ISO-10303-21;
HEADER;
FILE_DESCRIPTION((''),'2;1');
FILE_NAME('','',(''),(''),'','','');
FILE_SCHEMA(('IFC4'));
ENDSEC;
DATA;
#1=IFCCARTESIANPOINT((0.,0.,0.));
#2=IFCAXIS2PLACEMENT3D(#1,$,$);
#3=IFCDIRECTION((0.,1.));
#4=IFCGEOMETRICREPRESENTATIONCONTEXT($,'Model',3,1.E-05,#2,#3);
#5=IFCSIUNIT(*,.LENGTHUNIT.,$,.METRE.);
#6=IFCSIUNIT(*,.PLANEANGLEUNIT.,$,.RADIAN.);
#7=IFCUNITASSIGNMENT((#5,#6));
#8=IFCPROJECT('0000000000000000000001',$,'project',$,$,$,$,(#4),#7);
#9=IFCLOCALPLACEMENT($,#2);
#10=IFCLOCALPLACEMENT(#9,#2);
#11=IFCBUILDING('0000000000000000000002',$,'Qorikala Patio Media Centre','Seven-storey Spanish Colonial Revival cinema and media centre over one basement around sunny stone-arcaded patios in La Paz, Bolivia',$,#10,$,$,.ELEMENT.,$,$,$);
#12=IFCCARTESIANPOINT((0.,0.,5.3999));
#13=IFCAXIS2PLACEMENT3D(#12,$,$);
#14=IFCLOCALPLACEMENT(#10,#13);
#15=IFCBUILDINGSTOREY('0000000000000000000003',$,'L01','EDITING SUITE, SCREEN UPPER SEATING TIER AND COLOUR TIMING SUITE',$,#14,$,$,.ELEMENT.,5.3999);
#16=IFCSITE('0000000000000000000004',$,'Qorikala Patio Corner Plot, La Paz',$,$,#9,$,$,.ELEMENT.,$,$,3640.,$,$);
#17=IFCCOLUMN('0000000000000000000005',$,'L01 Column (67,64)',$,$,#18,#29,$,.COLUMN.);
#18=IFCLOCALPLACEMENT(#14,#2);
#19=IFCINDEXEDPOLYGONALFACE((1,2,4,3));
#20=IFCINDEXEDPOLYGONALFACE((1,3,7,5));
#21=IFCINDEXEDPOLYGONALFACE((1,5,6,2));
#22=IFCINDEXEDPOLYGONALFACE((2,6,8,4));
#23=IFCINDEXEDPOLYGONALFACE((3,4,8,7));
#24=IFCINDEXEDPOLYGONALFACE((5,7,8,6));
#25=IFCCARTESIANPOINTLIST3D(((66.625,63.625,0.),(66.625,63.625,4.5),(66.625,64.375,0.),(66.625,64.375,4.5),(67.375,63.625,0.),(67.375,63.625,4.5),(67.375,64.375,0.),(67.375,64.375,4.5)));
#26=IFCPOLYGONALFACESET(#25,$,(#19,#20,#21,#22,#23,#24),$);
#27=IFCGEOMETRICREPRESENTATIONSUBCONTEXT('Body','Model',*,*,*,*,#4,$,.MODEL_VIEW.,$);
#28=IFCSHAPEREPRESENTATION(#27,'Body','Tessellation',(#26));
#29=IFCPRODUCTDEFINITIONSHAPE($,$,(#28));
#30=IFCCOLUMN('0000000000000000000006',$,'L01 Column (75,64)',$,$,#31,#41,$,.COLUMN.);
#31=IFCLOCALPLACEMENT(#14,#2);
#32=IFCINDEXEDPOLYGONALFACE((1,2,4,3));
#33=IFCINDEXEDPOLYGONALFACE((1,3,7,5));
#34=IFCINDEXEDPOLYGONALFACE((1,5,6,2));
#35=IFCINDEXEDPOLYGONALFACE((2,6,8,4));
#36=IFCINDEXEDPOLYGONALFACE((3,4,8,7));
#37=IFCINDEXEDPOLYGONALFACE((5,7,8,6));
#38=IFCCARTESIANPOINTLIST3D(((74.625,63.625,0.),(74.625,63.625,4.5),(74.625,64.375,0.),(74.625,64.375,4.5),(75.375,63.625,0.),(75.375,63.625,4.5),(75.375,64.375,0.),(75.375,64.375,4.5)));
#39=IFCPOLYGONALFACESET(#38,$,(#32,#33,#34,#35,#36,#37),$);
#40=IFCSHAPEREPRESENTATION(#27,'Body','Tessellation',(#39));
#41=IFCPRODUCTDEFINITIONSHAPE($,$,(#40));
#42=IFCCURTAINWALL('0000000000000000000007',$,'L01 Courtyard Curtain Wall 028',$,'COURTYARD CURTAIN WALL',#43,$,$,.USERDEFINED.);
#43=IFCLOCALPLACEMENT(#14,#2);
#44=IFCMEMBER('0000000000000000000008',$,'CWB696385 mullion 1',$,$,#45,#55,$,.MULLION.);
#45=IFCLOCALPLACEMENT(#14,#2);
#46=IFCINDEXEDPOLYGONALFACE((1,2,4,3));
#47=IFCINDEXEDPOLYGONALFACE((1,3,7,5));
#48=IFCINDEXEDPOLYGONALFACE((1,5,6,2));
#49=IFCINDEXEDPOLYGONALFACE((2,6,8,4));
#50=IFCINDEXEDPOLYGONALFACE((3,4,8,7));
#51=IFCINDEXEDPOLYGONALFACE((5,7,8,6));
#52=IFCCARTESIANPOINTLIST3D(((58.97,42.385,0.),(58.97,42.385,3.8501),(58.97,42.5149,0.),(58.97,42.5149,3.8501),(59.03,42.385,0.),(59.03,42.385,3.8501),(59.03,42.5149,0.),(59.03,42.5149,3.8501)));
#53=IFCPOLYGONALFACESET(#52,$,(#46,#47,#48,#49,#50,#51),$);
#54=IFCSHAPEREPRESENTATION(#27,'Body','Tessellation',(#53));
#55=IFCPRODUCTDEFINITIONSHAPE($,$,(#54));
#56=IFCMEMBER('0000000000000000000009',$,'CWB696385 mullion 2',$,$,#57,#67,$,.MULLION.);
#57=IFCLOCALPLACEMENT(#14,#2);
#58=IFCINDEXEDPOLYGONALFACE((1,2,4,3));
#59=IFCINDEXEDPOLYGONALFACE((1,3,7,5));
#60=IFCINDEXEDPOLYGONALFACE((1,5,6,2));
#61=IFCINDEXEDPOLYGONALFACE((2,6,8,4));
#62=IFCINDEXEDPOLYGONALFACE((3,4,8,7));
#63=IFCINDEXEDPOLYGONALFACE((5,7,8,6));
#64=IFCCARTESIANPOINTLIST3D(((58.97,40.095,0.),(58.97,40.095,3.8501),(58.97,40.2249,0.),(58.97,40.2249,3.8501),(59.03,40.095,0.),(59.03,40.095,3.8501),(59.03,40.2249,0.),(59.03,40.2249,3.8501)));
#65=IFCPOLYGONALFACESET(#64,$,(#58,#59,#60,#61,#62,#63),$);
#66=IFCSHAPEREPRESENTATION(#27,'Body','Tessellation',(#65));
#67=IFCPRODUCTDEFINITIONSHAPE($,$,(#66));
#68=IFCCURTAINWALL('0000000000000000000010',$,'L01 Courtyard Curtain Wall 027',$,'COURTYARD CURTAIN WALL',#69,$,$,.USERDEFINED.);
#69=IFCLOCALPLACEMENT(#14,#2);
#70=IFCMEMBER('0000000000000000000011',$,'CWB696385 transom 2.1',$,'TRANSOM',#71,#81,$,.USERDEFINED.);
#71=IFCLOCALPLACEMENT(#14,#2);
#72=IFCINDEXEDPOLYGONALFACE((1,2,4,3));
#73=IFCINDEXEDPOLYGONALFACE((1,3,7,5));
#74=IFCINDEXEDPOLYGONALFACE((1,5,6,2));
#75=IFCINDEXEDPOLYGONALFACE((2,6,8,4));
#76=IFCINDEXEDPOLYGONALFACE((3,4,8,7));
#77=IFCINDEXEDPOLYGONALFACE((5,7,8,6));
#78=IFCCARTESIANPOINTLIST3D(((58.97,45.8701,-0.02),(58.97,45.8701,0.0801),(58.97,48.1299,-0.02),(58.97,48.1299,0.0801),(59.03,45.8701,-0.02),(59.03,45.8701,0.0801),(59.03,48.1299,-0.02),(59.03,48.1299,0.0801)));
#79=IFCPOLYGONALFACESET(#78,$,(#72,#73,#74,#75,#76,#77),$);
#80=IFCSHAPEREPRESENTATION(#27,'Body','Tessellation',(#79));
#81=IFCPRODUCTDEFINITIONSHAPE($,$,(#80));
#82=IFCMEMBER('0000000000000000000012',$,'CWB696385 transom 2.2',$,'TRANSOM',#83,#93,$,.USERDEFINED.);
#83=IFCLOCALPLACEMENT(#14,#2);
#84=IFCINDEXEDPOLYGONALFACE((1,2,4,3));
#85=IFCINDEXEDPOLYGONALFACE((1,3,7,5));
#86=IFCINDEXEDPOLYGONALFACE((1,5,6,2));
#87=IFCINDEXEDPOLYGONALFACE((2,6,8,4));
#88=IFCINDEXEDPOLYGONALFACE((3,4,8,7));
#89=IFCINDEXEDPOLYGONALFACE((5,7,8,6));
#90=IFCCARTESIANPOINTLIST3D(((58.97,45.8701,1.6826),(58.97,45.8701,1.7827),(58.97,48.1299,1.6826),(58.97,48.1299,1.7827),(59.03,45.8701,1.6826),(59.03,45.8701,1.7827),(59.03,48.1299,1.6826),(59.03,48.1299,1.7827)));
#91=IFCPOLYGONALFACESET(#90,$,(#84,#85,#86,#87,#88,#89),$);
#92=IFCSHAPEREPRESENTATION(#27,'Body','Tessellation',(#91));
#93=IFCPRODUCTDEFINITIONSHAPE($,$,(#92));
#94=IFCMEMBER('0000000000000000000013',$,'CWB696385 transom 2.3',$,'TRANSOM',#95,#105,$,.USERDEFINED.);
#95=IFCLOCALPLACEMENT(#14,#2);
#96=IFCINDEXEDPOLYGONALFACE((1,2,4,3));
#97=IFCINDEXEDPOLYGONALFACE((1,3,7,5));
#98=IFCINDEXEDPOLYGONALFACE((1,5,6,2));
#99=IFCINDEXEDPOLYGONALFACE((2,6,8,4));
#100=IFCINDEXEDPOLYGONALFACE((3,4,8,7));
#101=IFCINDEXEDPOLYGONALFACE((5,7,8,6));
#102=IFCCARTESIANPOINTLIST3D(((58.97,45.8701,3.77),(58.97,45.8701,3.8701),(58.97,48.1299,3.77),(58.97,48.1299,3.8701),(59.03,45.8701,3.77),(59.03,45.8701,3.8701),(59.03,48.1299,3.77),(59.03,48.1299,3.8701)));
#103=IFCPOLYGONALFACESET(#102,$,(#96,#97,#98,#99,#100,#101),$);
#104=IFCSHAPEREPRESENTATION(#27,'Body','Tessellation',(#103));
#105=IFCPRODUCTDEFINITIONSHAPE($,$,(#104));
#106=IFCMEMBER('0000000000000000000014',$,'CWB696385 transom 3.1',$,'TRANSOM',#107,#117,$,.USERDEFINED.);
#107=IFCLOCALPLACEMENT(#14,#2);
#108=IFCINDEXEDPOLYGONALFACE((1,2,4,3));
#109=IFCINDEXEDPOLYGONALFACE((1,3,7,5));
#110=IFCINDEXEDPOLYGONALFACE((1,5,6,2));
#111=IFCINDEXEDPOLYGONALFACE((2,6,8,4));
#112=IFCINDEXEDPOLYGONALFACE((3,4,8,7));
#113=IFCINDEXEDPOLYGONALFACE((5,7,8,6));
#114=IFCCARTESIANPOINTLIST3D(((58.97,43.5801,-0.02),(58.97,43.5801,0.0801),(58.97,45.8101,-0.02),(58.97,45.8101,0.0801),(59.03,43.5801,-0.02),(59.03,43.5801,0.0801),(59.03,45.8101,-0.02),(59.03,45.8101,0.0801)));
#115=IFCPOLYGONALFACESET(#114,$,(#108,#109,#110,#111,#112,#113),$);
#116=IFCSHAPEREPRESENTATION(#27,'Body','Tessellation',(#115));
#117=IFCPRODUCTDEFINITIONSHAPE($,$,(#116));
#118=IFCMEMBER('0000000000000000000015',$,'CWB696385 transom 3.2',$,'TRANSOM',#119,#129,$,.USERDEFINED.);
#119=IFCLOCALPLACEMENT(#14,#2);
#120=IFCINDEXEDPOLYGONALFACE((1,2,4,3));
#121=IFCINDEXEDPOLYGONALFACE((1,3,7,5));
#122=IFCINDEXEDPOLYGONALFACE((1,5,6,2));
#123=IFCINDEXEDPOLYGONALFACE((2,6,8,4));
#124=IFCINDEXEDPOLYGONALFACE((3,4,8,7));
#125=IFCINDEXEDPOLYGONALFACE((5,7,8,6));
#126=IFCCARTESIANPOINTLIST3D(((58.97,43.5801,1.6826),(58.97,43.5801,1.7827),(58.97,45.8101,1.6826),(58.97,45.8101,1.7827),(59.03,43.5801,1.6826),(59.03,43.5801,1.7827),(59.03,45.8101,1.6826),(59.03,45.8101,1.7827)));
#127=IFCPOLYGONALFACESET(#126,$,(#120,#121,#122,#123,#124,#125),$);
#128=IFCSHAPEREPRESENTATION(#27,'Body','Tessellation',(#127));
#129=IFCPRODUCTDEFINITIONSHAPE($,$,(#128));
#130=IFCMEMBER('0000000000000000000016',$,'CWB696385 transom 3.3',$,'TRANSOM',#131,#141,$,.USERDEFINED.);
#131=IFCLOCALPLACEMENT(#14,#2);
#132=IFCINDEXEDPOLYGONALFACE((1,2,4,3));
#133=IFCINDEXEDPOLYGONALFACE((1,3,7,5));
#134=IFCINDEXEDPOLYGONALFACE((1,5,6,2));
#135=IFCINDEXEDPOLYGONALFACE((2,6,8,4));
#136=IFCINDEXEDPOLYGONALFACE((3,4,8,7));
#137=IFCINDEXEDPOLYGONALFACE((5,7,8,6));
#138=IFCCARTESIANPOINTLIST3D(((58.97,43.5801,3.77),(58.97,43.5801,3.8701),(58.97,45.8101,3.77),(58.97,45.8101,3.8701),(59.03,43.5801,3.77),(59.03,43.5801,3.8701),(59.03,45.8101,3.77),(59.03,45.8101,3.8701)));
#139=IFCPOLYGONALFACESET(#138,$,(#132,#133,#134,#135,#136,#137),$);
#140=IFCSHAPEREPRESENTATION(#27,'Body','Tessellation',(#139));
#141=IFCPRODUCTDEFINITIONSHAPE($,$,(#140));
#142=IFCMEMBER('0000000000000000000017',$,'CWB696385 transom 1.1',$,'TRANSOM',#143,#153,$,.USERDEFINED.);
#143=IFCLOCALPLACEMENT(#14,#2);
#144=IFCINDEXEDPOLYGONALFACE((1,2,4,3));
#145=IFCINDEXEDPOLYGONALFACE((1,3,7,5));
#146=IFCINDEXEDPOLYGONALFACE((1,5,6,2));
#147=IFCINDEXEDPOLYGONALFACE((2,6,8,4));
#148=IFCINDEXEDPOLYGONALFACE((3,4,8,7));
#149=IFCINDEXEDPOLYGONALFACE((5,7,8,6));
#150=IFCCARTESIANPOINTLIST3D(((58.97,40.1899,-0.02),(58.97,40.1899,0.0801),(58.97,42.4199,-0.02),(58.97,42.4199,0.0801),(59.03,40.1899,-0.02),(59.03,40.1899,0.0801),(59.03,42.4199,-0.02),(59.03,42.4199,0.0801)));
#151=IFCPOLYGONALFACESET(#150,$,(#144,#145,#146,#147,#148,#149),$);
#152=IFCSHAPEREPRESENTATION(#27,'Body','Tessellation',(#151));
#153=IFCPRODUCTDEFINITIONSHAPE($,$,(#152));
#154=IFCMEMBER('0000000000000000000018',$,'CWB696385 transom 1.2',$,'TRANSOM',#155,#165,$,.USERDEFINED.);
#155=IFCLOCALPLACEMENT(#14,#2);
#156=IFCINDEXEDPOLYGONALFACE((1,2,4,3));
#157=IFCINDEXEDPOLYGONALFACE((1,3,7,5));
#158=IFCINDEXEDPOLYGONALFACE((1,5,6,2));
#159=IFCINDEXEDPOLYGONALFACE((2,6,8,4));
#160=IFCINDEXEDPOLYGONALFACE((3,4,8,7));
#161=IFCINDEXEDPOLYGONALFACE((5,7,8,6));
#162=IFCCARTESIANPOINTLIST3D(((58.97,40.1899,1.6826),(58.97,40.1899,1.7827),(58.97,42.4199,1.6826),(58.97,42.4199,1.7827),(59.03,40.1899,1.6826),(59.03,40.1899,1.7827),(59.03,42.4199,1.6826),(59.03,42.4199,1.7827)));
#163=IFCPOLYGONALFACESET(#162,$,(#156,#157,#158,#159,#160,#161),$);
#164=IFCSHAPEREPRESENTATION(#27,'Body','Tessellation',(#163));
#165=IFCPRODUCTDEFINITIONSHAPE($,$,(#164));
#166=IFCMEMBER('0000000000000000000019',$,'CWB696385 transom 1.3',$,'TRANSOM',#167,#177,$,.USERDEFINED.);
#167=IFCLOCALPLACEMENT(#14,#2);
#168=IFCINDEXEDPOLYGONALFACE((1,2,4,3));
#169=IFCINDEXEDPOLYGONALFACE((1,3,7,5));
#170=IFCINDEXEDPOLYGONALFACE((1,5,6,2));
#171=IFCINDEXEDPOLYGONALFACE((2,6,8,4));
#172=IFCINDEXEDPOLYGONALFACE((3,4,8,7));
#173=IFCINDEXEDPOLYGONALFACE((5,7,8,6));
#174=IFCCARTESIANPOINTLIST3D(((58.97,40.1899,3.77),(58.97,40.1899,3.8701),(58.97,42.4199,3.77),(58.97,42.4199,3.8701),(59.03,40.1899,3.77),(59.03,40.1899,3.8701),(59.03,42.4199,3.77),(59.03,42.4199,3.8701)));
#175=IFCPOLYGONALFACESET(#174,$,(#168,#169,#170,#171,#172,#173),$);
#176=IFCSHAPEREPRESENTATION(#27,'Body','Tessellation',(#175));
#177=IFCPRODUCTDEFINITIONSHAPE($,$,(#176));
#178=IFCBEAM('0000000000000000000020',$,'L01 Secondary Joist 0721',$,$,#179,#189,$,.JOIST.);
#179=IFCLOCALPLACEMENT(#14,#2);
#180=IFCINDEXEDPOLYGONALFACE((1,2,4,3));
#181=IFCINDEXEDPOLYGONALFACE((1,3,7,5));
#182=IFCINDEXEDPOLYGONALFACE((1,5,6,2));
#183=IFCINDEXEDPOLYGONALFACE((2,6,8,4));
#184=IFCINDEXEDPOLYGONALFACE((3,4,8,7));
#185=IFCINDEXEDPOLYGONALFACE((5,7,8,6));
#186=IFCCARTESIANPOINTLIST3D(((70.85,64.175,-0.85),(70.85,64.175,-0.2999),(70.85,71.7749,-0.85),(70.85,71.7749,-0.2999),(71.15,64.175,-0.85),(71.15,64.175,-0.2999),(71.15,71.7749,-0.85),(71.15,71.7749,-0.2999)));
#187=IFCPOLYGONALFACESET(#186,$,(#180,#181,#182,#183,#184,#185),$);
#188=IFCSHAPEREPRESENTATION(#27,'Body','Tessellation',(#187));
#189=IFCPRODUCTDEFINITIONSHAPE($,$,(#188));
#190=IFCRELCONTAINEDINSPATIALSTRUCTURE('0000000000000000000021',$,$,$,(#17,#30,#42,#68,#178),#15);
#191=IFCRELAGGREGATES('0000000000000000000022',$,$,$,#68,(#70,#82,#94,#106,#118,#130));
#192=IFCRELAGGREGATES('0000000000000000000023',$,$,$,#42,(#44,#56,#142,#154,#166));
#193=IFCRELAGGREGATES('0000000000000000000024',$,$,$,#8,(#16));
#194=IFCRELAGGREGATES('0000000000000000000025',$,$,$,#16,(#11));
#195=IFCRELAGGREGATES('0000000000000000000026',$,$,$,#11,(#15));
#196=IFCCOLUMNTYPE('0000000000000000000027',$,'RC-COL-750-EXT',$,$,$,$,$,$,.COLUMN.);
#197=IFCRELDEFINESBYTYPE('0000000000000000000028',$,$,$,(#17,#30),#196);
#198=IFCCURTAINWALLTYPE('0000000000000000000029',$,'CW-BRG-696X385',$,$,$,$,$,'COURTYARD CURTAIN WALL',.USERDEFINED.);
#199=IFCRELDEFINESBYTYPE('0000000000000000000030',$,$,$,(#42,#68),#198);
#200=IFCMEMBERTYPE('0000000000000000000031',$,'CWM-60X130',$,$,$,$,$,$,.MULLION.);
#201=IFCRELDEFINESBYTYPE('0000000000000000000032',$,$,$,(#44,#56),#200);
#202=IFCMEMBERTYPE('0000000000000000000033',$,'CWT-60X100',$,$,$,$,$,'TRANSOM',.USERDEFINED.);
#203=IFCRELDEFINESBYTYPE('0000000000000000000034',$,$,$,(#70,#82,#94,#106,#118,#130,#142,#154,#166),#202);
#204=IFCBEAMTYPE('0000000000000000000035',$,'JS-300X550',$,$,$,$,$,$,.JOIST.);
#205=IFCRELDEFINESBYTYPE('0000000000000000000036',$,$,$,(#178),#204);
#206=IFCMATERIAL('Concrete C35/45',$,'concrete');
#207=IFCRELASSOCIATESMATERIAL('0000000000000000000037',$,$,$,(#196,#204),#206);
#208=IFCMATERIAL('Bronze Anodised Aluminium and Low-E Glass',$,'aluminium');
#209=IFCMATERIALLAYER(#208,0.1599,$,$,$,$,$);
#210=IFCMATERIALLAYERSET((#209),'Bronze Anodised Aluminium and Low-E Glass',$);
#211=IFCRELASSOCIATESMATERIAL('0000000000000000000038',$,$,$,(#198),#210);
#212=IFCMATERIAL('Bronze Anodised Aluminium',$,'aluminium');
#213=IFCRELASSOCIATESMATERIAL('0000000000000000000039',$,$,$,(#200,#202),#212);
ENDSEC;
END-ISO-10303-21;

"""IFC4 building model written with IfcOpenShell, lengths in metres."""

from ifc_helpers import new_model, si_unit, direction, frame, origin, origin_2d, place, context, subcontext, project, spatial, rectangle, extrude, material, layer, layer_set, material_profile, profile_set, type_object, element, aggregate, save


model = new_model("IFC4")

# Units and contexts
model_context = context("Model", 3, precision=1e-05, world=origin(), true_north=direction((0.0, 1.0)))
body_context = subcontext(model_context, "Body", "Model", "MODEL_VIEW")
ifc_project = project(units=[si_unit("LENGTHUNIT", "METRE"), si_unit("PLANEANGLEUNIT", "RADIAN")], contexts=[model_context])

# Site, building, storey
site_placement = place(None, origin())
site = spatial("IfcSite", under=ifc_project, at=site_placement, Name="Qorikala Patio Corner Plot, La Paz", CompositionType="ELEMENT", RefElevation=3640.0)
building_placement = place(site_placement, origin())
building = spatial("IfcBuilding", under=site, at=building_placement, Name="Qorikala Patio Media Centre", Description="Seven-storey Spanish Colonial Revival cinema and media centre over one basement around sunny stone-arcaded patios in La Paz, Bolivia", CompositionType="ELEMENT")
storey_placement = place(building_placement, frame((0.0, 0.0, 5.3999)))
storey = spatial("IfcBuildingStorey", under=building, at=storey_placement, Name="L01", Description="EDITING SUITE, SCREEN UPPER SEATING TIER AND COLOUR TIMING SUITE", CompositionType="ELEMENT", Elevation=5.3999)

# Columns
ifc_material_1 = material(Name="Concrete C35/45", Category="concrete")
ifc_material_profile_1 = material_profile(ifc_material_1, rectangle(XDim=0.75, YDim=0.75, at=origin_2d()), Name="RC 750x750")
ifc_profile_set_1 = profile_set([ifc_material_profile_1], Name="Concrete C35/45")
column_type = type_object("IfcColumnType", Name="RC-COL-750-EXT", PredefinedType="COLUMN", material=ifc_profile_set_1)
for number, where, z_axis, x_axis, name in (
    (1, (67.0, 64.0, 0.0), (0.0, 0.0, 1.0), (1.0, 0.0, 0.0), "L01 Column (67,64)"),
    (2, (75.0, 64.0, 0.0), (0.0, 0.0, 1.0), (1.0, 0.0, 0.0), "L01 Column (75,64)"),
):
    element("IfcColumn", number, at=place(storey_placement, frame(where, z_axis=z_axis, x_axis=x_axis)), inside=storey, type_object=column_type, Name=name, PredefinedType="COLUMN", context=body_context, shape_type="SweptSolid", body=[
        extrude(rectangle(XDim=0.75, YDim=0.75, at=origin_2d()), origin(), (0.0, 0.0, 1.0), 4.5),
    ])

# Curtain walls, members
ifc_material_2 = material(Name="Bronze Anodised Aluminium and Low-E Glass", Category="aluminium")
ifc_layer_1 = layer(ifc_material_2, 0.1599)
ifc_layer_set_1 = layer_set([ifc_layer_1], Name="Bronze Anodised Aluminium and Low-E Glass")
curtain_wall_type = type_object("IfcCurtainWallType", Name="CW-BRG-696X385", ElementType="COURTYARD CURTAIN WALL", PredefinedType="USERDEFINED", material=ifc_layer_set_1)
curtain_wall_1_placement = place(storey_placement, origin())
curtain_wall_1 = element("IfcCurtainWall", 3, at=curtain_wall_1_placement, inside=storey, type_object=curtain_wall_type, Name="L01 Courtyard Curtain Wall 028", ObjectType="COURTYARD CURTAIN WALL", PredefinedType="USERDEFINED")
ifc_material_3 = material(Name="Bronze Anodised Aluminium", Category="aluminium")
ifc_material_profile_2 = material_profile(ifc_material_3, rectangle(XDim=0.0601, YDim=0.1299, at=origin_2d()), Name="ALU MULLION 60x130")
ifc_profile_set_2 = profile_set([ifc_material_profile_2], Name="Bronze Anodised Aluminium")
member_type_1 = type_object("IfcMemberType", Name="CWM-60X130", PredefinedType="MULLION", material=ifc_profile_set_2)
member_1_placement = place(storey_placement, frame((59.0, 42.45, 0.0), z_axis=(0.0, 0.0, 1.0), x_axis=(1.0, 0.0, 0.0)))
member_1 = element("IfcMember", 4, at=member_1_placement, type_object=member_type_1, Name="CWB696385 mullion 1", PredefinedType="MULLION", context=body_context, shape_type="SweptSolid", body=[
    extrude(rectangle(XDim=0.0601, YDim=0.1299, at=origin_2d()), origin(), (0.0, 0.0, 1.0), 3.8501),
])
member_2_placement = place(storey_placement, frame((59.0, 40.1599, 0.0), z_axis=(0.0, 0.0, 1.0), x_axis=(1.0, 0.0, 0.0)))
member_2 = element("IfcMember", 5, at=member_2_placement, type_object=member_type_1, Name="CWB696385 mullion 2", PredefinedType="MULLION", context=body_context, shape_type="SweptSolid", body=[
    extrude(rectangle(XDim=0.0601, YDim=0.1299, at=origin_2d()), origin(), (0.0, 0.0, 1.0), 3.8501),
])
curtain_wall_2_placement = place(storey_placement, origin())
curtain_wall_2 = element("IfcCurtainWall", 6, at=curtain_wall_2_placement, inside=storey, type_object=curtain_wall_type, Name="L01 Courtyard Curtain Wall 027", ObjectType="COURTYARD CURTAIN WALL", PredefinedType="USERDEFINED")
ifc_material_profile_3 = material_profile(ifc_material_3, rectangle(XDim=0.0601, YDim=0.1001, at=origin_2d()), Name="ALU TRANSOM 60x100")
ifc_profile_set_3 = profile_set([ifc_material_profile_3], Name="Bronze Anodised Aluminium")
member_type_2 = type_object("IfcMemberType", Name="CWT-60X100", ElementType="TRANSOM", PredefinedType="USERDEFINED", material=ifc_profile_set_3)
member_3_placement = place(storey_placement, frame((59.0, 48.1299, 0.03), z_axis=(0.0, -1.0, 0.0), x_axis=(1.0, 0.0, 0.0)))
member_3 = element("IfcMember", 7, at=member_3_placement, type_object=member_type_2, Name="CWB696385 transom 2.1", ObjectType="TRANSOM", PredefinedType="USERDEFINED", context=body_context, shape_type="SweptSolid", body=[
    extrude(rectangle(XDim=0.0601, YDim=0.1001, at=origin_2d()), origin(), (0.0, 0.0, 1.0), 2.2598),
])
member_4_placement = place(storey_placement, frame((59.0, 48.1299, 1.7327), z_axis=(0.0, -1.0, 0.0), x_axis=(1.0, 0.0, 0.0)))
member_4 = element("IfcMember", 8, at=member_4_placement, type_object=member_type_2, Name="CWB696385 transom 2.2", ObjectType="TRANSOM", PredefinedType="USERDEFINED", context=body_context, shape_type="SweptSolid", body=[
    extrude(rectangle(XDim=0.0601, YDim=0.1001, at=origin_2d()), origin(), (0.0, 0.0, 1.0), 2.2598),
])
member_5_placement = place(storey_placement, frame((59.0, 48.1299, 3.8201), z_axis=(0.0, -1.0, 0.0), x_axis=(1.0, 0.0, 0.0)))
member_5 = element("IfcMember", 9, at=member_5_placement, type_object=member_type_2, Name="CWB696385 transom 2.3", ObjectType="TRANSOM", PredefinedType="USERDEFINED", context=body_context, shape_type="SweptSolid", body=[
    extrude(rectangle(XDim=0.0601, YDim=0.1001, at=origin_2d()), origin(), (0.0, 0.0, 1.0), 2.2598),
])
member_6_placement = place(storey_placement, frame((59.0, 45.8101, 0.03), z_axis=(0.0, -1.0, 0.0), x_axis=(1.0, 0.0, 0.0)))
member_6 = element("IfcMember", 10, at=member_6_placement, type_object=member_type_2, Name="CWB696385 transom 3.1", ObjectType="TRANSOM", PredefinedType="USERDEFINED", context=body_context, shape_type="SweptSolid", body=[
    extrude(rectangle(XDim=0.0601, YDim=0.1001, at=origin_2d()), origin(), (0.0, 0.0, 1.0), 2.23),
])
member_7_placement = place(storey_placement, frame((59.0, 45.8101, 1.7327), z_axis=(0.0, -1.0, 0.0), x_axis=(1.0, 0.0, 0.0)))
member_7 = element("IfcMember", 11, at=member_7_placement, type_object=member_type_2, Name="CWB696385 transom 3.2", ObjectType="TRANSOM", PredefinedType="USERDEFINED", context=body_context, shape_type="SweptSolid", body=[
    extrude(rectangle(XDim=0.0601, YDim=0.1001, at=origin_2d()), origin(), (0.0, 0.0, 1.0), 2.23),
])
member_8_placement = place(storey_placement, frame((59.0, 45.8101, 3.8201), z_axis=(0.0, -1.0, 0.0), x_axis=(1.0, 0.0, 0.0)))
member_8 = element("IfcMember", 12, at=member_8_placement, type_object=member_type_2, Name="CWB696385 transom 3.3", ObjectType="TRANSOM", PredefinedType="USERDEFINED", context=body_context, shape_type="SweptSolid", body=[
    extrude(rectangle(XDim=0.0601, YDim=0.1001, at=origin_2d()), origin(), (0.0, 0.0, 1.0), 2.23),
])

# Members
member_9_placement = place(storey_placement, frame((59.0, 42.4199, 0.03), z_axis=(0.0, -1.0, 0.0), x_axis=(1.0, 0.0, 0.0)))
member_9 = element("IfcMember", 13, at=member_9_placement, type_object=member_type_2, Name="CWB696385 transom 1.1", ObjectType="TRANSOM", PredefinedType="USERDEFINED", context=body_context, shape_type="SweptSolid", body=[
    extrude(rectangle(XDim=0.0601, YDim=0.1001, at=origin_2d()), origin(), (0.0, 0.0, 1.0), 2.23),
])
member_10_placement = place(storey_placement, frame((59.0, 42.4199, 1.7327), z_axis=(0.0, -1.0, 0.0), x_axis=(1.0, 0.0, 0.0)))
member_10 = element("IfcMember", 14, at=member_10_placement, type_object=member_type_2, Name="CWB696385 transom 1.2", ObjectType="TRANSOM", PredefinedType="USERDEFINED", context=body_context, shape_type="SweptSolid", body=[
    extrude(rectangle(XDim=0.0601, YDim=0.1001, at=origin_2d()), origin(), (0.0, 0.0, 1.0), 2.23),
])
member_11_placement = place(storey_placement, frame((59.0, 42.4199, 3.8201), z_axis=(0.0, -1.0, 0.0), x_axis=(1.0, 0.0, 0.0)))
member_11 = element("IfcMember", 15, at=member_11_placement, type_object=member_type_2, Name="CWB696385 transom 1.3", ObjectType="TRANSOM", PredefinedType="USERDEFINED", context=body_context, shape_type="SweptSolid", body=[
    extrude(rectangle(XDim=0.0601, YDim=0.1001, at=origin_2d()), origin(), (0.0, 0.0, 1.0), 2.23),
])

# Beam
ifc_material_profile_4 = material_profile(ifc_material_1, rectangle(XDim=0.3, YDim=0.55, at=origin_2d()), Name="RC 300x550")
ifc_profile_set_4 = profile_set([ifc_material_profile_4], Name="Concrete C35/45")
beam_type_1 = type_object("IfcBeamType", Name="JS-300X550", PredefinedType="JOIST", material=ifc_profile_set_4)
beam_placement = place(storey_placement, frame((71.0, 64.175, -0.575), z_axis=(0.0, 1.0, 0.0), x_axis=(-1.0, 0.0, 0.0)))
element("IfcBeam", 16, at=beam_placement, inside=storey, type_object=beam_type_1, Name="L01 Secondary Joist 0721", PredefinedType="JOIST", context=body_context, shape_type="SweptSolid", body=[
    extrude(rectangle(XDim=0.3, YDim=0.55, at=origin_2d()), origin(), (0.0, 0.0, 1.0), 7.5999),
])

aggregate(curtain_wall_2, [member_3, member_4, member_5, member_6, member_7, member_8])
aggregate(curtain_wall_1, [member_1, member_2, member_9, member_10, member_11])

save(model, "model.ifc")
